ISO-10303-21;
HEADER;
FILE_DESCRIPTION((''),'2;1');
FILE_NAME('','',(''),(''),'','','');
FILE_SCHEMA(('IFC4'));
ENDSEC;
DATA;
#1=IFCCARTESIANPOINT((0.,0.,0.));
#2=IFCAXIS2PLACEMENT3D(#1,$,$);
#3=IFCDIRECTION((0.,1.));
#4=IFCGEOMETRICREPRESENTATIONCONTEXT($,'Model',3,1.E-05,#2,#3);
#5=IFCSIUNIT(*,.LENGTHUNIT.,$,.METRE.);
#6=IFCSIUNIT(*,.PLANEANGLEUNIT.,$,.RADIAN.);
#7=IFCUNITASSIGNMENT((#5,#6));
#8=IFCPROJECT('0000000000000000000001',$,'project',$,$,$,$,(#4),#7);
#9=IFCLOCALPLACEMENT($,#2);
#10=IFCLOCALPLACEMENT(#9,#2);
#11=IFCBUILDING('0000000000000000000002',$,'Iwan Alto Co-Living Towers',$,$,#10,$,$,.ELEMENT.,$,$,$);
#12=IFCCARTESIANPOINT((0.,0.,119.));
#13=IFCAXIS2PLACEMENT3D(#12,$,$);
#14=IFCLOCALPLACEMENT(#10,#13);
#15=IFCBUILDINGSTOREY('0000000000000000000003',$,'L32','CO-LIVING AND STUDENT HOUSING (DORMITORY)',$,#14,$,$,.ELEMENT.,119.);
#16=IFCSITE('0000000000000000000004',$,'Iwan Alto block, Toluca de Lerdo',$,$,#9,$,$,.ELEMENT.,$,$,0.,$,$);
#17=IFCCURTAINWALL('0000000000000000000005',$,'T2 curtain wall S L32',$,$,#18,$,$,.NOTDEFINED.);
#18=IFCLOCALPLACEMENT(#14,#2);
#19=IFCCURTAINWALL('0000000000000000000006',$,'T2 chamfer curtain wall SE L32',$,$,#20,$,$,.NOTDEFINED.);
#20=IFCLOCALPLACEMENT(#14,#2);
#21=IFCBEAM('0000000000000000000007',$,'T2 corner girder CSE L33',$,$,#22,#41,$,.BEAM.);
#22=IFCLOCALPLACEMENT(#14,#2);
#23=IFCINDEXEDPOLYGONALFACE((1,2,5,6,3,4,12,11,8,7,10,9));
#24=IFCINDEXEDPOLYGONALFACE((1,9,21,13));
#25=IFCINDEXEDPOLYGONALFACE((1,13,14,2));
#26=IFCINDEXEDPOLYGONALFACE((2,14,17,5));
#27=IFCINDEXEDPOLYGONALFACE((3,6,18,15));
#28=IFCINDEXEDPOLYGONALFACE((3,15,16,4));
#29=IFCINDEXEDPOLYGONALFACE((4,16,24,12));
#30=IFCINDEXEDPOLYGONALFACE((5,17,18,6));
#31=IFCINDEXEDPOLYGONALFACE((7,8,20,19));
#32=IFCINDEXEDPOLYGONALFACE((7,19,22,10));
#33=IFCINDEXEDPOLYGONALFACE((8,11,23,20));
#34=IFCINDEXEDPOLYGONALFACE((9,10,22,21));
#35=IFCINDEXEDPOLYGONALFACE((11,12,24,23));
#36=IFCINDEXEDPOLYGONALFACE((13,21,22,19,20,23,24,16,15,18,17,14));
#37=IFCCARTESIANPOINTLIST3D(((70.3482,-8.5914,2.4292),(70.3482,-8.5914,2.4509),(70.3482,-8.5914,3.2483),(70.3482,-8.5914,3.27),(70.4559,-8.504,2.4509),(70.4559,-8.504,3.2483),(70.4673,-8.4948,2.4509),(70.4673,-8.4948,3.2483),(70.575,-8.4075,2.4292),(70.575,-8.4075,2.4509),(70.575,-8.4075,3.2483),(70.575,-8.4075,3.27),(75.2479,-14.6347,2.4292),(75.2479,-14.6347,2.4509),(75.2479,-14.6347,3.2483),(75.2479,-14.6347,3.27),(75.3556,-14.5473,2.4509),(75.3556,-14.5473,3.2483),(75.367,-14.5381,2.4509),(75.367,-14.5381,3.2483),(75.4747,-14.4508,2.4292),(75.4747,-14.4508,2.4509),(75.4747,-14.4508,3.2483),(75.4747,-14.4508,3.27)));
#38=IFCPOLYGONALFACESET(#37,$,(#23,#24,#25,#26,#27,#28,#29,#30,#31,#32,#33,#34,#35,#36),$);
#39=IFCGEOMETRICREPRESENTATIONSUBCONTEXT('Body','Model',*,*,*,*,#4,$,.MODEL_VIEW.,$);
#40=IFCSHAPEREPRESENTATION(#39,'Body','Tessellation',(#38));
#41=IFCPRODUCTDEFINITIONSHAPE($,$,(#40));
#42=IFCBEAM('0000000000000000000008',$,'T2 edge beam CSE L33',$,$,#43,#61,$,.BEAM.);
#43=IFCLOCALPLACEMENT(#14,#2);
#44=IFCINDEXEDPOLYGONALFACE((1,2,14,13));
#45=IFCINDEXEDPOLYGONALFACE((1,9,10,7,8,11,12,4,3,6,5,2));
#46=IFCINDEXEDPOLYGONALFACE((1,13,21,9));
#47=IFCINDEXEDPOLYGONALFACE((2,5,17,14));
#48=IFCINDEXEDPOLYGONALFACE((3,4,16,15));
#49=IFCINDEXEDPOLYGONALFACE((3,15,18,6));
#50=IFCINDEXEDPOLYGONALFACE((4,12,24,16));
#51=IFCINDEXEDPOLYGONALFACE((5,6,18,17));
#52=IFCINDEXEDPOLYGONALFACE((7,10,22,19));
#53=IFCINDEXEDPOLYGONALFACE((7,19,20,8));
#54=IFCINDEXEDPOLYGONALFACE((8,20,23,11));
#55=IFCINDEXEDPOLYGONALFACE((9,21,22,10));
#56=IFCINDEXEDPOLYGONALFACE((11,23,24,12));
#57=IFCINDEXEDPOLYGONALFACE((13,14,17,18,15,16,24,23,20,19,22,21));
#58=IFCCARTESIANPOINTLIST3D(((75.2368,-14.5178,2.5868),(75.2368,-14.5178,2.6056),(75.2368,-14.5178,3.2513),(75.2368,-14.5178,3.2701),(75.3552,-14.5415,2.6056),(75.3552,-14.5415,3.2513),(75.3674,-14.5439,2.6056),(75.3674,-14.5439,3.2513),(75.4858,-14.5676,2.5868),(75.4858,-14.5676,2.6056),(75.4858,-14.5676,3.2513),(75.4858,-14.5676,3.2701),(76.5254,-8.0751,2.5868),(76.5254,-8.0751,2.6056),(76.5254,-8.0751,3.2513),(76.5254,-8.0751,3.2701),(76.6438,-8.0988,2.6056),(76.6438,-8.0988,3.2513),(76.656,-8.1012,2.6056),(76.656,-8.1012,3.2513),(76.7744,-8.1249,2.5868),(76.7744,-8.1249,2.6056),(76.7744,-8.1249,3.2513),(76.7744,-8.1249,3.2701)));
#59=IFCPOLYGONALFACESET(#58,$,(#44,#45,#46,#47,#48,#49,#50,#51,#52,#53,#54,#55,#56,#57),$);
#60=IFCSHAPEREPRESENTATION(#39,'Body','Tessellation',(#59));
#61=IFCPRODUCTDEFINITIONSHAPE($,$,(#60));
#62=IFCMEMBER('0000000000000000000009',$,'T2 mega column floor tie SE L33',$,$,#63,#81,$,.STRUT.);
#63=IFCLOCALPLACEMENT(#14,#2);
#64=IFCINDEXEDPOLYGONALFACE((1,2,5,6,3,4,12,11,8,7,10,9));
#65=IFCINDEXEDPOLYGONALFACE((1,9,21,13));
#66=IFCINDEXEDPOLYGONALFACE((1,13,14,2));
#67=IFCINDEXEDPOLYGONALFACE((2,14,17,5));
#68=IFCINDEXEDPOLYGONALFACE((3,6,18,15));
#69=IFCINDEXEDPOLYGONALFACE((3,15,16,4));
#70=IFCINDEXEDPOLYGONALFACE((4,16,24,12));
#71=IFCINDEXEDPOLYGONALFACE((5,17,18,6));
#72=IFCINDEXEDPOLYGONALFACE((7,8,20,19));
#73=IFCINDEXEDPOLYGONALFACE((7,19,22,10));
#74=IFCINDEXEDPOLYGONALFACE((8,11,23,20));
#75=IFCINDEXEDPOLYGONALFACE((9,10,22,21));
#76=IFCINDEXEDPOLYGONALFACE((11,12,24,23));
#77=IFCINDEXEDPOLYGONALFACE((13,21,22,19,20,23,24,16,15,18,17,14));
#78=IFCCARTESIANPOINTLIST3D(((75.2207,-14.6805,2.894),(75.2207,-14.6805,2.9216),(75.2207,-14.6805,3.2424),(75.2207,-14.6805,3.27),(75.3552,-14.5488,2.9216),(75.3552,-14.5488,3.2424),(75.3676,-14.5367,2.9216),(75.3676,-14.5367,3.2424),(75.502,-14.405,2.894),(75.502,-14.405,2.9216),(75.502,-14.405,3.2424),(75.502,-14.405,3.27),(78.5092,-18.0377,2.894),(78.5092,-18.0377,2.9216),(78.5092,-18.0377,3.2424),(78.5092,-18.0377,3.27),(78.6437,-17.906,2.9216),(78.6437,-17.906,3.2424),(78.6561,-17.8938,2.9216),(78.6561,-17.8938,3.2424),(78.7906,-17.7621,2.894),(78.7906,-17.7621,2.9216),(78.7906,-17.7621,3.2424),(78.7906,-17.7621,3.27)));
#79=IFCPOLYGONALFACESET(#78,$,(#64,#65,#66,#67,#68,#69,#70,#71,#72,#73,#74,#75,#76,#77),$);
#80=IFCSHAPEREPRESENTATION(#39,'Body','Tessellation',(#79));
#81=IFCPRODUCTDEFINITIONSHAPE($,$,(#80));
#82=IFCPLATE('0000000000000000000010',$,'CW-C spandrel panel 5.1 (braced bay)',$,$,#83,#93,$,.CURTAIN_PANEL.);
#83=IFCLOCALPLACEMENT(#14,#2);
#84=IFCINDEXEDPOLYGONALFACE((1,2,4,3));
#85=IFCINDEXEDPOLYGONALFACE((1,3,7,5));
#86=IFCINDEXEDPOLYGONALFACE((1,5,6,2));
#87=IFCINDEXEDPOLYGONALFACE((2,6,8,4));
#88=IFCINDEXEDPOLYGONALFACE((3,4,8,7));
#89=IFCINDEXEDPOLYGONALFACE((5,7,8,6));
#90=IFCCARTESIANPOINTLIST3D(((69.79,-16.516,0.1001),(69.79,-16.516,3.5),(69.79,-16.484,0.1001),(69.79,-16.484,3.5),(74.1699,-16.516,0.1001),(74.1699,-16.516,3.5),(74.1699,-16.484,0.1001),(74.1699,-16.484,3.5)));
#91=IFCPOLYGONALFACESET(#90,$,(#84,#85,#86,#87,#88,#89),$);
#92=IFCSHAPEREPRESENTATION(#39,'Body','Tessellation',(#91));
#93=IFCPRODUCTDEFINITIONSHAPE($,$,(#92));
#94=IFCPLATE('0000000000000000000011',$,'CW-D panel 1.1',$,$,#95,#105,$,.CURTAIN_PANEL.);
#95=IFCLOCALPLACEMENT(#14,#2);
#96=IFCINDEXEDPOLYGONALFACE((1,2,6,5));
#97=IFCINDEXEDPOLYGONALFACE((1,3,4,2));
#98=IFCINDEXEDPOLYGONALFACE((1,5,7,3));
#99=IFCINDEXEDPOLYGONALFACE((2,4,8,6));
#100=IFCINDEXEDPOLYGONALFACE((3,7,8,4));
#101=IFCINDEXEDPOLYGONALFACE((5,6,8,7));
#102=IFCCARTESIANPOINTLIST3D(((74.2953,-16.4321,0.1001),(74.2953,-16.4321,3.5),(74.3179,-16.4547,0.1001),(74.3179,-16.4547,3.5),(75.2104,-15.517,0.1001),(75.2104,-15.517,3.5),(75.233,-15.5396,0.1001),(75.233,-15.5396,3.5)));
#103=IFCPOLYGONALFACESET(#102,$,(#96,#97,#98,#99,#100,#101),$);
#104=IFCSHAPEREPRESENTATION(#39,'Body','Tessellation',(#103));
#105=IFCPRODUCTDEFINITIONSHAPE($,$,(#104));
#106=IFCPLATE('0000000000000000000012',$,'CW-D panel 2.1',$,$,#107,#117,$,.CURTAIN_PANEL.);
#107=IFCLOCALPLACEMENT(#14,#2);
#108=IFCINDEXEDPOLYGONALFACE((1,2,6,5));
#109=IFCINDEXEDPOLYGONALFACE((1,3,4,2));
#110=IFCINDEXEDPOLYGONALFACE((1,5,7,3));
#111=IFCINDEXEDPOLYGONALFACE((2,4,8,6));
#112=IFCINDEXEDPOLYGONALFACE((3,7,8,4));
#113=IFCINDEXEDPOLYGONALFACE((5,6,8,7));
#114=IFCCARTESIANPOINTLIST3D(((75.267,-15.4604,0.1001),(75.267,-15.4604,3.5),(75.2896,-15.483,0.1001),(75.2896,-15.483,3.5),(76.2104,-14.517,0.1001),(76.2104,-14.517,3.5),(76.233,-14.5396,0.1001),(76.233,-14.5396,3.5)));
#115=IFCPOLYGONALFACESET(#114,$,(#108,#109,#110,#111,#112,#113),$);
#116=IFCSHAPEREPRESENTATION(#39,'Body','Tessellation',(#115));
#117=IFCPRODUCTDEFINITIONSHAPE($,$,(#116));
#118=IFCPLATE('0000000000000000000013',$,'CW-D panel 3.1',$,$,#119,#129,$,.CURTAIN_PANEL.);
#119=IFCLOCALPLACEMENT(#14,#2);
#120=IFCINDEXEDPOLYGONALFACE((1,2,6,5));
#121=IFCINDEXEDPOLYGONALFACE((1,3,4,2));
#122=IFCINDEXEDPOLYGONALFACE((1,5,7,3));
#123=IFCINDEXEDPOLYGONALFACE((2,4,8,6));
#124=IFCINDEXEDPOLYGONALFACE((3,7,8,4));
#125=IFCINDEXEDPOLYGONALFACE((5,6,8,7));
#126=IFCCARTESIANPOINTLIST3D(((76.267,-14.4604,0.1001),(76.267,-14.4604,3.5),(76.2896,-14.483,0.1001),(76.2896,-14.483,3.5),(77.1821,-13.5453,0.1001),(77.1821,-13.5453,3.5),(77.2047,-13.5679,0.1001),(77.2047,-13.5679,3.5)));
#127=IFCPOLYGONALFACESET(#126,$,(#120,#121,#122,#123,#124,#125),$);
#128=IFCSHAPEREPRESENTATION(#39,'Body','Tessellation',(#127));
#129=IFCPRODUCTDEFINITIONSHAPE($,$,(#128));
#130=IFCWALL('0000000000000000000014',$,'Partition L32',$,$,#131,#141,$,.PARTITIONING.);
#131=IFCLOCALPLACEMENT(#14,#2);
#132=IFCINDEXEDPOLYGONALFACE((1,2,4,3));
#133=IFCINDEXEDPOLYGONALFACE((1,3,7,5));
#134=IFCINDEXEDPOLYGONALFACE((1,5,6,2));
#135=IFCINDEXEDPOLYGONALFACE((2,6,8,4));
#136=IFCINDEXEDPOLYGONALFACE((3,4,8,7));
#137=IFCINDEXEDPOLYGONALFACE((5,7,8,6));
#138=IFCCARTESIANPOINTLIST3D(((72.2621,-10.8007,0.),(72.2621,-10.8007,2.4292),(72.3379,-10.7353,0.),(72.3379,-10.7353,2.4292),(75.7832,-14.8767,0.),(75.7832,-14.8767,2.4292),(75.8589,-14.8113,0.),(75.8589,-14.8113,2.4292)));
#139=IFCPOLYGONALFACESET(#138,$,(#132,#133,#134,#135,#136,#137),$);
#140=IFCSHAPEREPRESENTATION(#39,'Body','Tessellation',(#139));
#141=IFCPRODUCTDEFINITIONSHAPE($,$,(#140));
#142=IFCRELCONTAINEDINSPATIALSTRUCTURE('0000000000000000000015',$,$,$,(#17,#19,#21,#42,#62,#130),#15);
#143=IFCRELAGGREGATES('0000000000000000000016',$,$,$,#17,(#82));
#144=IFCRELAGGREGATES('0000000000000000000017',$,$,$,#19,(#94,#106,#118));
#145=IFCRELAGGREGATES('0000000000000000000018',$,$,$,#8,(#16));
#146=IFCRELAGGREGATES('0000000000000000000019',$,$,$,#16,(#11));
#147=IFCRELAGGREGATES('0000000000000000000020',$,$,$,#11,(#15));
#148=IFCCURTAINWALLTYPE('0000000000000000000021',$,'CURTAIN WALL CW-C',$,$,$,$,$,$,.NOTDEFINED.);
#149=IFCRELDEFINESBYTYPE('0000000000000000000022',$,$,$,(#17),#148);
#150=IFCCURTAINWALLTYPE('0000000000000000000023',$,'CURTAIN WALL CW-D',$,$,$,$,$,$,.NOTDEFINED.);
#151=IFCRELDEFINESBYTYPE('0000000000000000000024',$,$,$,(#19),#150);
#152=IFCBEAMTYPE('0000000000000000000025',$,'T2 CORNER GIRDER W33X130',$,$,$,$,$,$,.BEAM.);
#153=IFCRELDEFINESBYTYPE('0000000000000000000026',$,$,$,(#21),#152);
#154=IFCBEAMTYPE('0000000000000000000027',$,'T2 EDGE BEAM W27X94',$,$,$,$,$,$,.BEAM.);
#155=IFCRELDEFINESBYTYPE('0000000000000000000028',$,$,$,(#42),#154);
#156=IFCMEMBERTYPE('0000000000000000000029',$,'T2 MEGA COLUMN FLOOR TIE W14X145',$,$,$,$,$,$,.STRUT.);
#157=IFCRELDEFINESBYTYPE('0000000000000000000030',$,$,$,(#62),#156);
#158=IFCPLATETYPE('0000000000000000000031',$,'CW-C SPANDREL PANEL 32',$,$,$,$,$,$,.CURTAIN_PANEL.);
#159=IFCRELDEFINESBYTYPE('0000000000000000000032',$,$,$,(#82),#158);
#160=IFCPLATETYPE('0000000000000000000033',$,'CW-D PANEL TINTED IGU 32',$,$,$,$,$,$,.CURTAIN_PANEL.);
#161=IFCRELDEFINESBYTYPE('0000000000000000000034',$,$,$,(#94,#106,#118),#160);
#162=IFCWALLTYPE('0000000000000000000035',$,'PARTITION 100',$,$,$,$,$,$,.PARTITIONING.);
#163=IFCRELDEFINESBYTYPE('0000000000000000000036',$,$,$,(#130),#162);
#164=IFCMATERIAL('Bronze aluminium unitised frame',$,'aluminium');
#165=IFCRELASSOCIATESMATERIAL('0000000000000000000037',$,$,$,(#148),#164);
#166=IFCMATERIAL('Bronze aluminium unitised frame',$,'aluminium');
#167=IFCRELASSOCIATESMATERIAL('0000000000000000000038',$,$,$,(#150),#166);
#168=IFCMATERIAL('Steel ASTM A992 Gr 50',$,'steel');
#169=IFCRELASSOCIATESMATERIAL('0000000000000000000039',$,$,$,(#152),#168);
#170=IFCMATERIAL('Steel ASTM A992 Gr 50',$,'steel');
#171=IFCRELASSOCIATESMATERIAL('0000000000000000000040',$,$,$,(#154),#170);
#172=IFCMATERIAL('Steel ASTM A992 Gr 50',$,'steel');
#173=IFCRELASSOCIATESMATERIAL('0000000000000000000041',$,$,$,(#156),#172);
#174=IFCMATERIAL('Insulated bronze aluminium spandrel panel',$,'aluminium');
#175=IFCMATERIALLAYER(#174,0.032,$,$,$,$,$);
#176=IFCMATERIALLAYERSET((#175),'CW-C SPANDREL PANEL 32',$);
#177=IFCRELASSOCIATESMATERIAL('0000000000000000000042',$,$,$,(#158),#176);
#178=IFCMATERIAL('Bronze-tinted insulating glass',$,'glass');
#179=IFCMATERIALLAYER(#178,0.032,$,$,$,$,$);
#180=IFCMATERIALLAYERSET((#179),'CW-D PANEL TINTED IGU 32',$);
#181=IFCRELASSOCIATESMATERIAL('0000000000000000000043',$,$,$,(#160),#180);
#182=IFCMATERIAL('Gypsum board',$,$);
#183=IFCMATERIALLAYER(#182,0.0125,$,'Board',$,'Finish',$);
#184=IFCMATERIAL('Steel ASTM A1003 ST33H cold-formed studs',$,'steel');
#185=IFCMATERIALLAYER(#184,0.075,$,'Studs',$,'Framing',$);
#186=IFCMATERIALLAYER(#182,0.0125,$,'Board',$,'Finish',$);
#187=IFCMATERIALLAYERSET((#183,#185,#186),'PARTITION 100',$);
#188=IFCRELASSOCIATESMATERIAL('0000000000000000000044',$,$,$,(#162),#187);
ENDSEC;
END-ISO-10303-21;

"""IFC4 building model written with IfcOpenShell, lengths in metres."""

from ifc_helpers import new_model, si_unit, direction, frame, frame_2d, origin, origin_2d, place, context, subcontext, project, spatial, rectangle, i_section, extrude, material, layer, layer_set, material_profile, profile_set, type_object, element, aggregate, save


model = new_model("IFC4")

# Units and contexts
model_context = context("Model", 3, precision=1e-05, world=origin(), true_north=direction((0.0, 1.0)))
body_context = subcontext(model_context, "Body", "Model", "MODEL_VIEW")
ifc_project = project(units=[si_unit("LENGTHUNIT", "METRE"), si_unit("PLANEANGLEUNIT", "RADIAN")], contexts=[model_context])

# Site, building, storey
site_placement = place(None, origin())
site = spatial("IfcSite", under=ifc_project, at=site_placement, Name="Iwan Alto block, Toluca de Lerdo", CompositionType="ELEMENT", RefElevation=0.0)
building_placement = place(site_placement, origin())
building = spatial("IfcBuilding", under=site, at=building_placement, Name="Iwan Alto Co-Living Towers", CompositionType="ELEMENT")
storey_placement = place(building_placement, frame((0.0, 0.0, 119.0)))
storey = spatial("IfcBuildingStorey", under=building, at=storey_placement, Name="L32", Description="CO-LIVING AND STUDENT HOUSING (DORMITORY)", CompositionType="ELEMENT", Elevation=119.0)

# Curtain wall
ifc_material_1 = material(Name="Bronze aluminium unitised frame", Category="aluminium")
curtain_wall_type_1 = type_object("IfcCurtainWallType", Name="CURTAIN WALL CW-C", PredefinedType="NOTDEFINED", material=ifc_material_1)
curtain_wall_1_placement = place(storey_placement, origin())
curtain_wall_1 = element("IfcCurtainWall", 1, at=curtain_wall_1_placement, inside=storey, type_object=curtain_wall_type_1, Name="T2 curtain wall S L32", PredefinedType="NOTDEFINED")

# Curtain wall
ifc_material_2 = material(Name="Bronze aluminium unitised frame", Category="aluminium")
curtain_wall_type_2 = type_object("IfcCurtainWallType", Name="CURTAIN WALL CW-D", PredefinedType="NOTDEFINED", material=ifc_material_2)
curtain_wall_2_placement = place(storey_placement, origin())
curtain_wall_2 = element("IfcCurtainWall", 2, at=curtain_wall_2_placement, inside=storey, type_object=curtain_wall_type_2, Name="T2 chamfer curtain wall SE L32", PredefinedType="NOTDEFINED")

# Beams
ifc_material_3 = material(Name="Steel ASTM A992 Gr 50", Category="steel")
ifc_material_profile_1 = material_profile(ifc_material_3, i_section(OverallWidth=0.292, OverallDepth=0.8408, WebThickness=0.0146, FlangeThickness=0.0217, at=origin_2d()), Name="W33X130")
ifc_profile_set_1 = profile_set([ifc_material_profile_1], Name="Steel ASTM A992 Gr 50")
beam_type_1 = type_object("IfcBeamType", Name="T2 CORNER GIRDER W33X130", PredefinedType="BEAM", material=ifc_profile_set_1)
beam_1_placement = place(storey_placement, frame((75.3613, -14.5427, 2.8496), z_axis=(-0.629783, 0.776771, 0.0), x_axis=(-0.776771, -0.629783, 0.0)))
element("IfcBeam", 3, at=beam_1_placement, inside=storey, type_object=beam_type_1, Name="T2 corner girder CSE L33", PredefinedType="BEAM", context=body_context, shape_type="SweptSolid", body=[
    extrude(i_section(OverallWidth=0.292, OverallDepth=0.8408, WebThickness=0.0146, FlangeThickness=0.0217, at=origin_2d()), origin(), (0.0, 0.0, 1.0), 7.78),
])
ifc_material_4 = material(Name="Steel ASTM A992 Gr 50", Category="steel")
ifc_material_profile_2 = material_profile(ifc_material_4, i_section(OverallWidth=0.2539, OverallDepth=0.6833, WebThickness=0.0125, FlangeThickness=0.0188, at=origin_2d()), Name="W27X94")
ifc_profile_set_2 = profile_set([ifc_material_profile_2], Name="Steel ASTM A992 Gr 50")
beam_type_2 = type_object("IfcBeamType", Name="T2 EDGE BEAM W27X94", PredefinedType="BEAM", material=ifc_profile_set_2)
beam_2_placement = place(storey_placement, frame((75.3613, -14.5427, 2.9285), z_axis=(0.196123, 0.980579, 0.0), x_axis=(-0.980579, 0.196123, 0.0)))
element("IfcBeam", 4, at=beam_2_placement, inside=storey, type_object=beam_type_2, Name="T2 edge beam CSE L33", PredefinedType="BEAM", context=body_context, shape_type="SweptSolid", body=[
    extrude(i_section(OverallWidth=0.2539, OverallDepth=0.6833, WebThickness=0.0125, FlangeThickness=0.0188, at=origin_2d()), origin(), (0.0, 0.0, 1.0), 6.5703),
])

# Member
ifc_material_5 = material(Name="Steel ASTM A992 Gr 50", Category="steel")
ifc_material_profile_3 = material_profile(ifc_material_5, i_section(OverallWidth=0.3938, OverallDepth=0.376, WebThickness=0.0173, FlangeThickness=0.0276, at=origin_2d()), Name="W14X145")
ifc_profile_set_3 = profile_set([ifc_material_profile_3], Name="Steel ASTM A992 Gr 50")
member_type_1 = type_object("IfcMemberType", Name="T2 MEGA COLUMN FLOOR TIE W14X145", PredefinedType="STRUT", material=ifc_profile_set_3)
member_1_placement = place(storey_placement, frame((78.6499, -17.8999, 3.082), z_axis=(-0.69977, 0.714368, 0.0), x_axis=(-0.714368, -0.69977, 0.0)))
element("IfcMember", 5, at=member_1_placement, inside=storey, type_object=member_type_1, Name="T2 mega column floor tie SE L33", PredefinedType="STRUT", context=body_context, shape_type="SweptSolid", body=[
    extrude(i_section(OverallWidth=0.3938, OverallDepth=0.376, WebThickness=0.0173, FlangeThickness=0.0276, at=origin_2d()), origin(), (0.0, 0.0, 1.0), 4.6995),
])

# Plates
ifc_material_6 = material(Name="Insulated bronze aluminium spandrel panel", Category="aluminium")
ifc_layer_1 = layer(ifc_material_6, 0.032)
ifc_layer_set_1 = layer_set([ifc_layer_1], Name="CW-C SPANDREL PANEL 32")
plate_type_1 = type_object("IfcPlateType", Name="CW-C SPANDREL PANEL 32", PredefinedType="CURTAIN_PANEL", material=ifc_layer_set_1)
plate_1_placement = place(storey_placement, frame((71.98, -16.5, 0.1001), z_axis=(0.0, 0.0, 1.0), x_axis=(1.0, 0.0, 0.0)))
plate_1 = element("IfcPlate", 6, at=plate_1_placement, type_object=plate_type_1, Name="CW-C spandrel panel 5.1 (braced bay)", PredefinedType="CURTAIN_PANEL", context=body_context, shape_type="SweptSolid", body=[
    extrude(rectangle(XDim=4.3799, YDim=0.032, at=origin_2d()), origin(), (0.0, 0.0, 1.0), 3.3999),
])
aggregate(curtain_wall_1, [plate_1])
ifc_material_7 = material(Name="Bronze-tinted insulating glass", Category="glass")
ifc_layer_2 = layer(ifc_material_7, 0.032)
ifc_layer_set_2 = layer_set([ifc_layer_2], Name="CW-D PANEL TINTED IGU 32")
plate_type_2 = type_object("IfcPlateType", Name="CW-D PANEL TINTED IGU 32", PredefinedType="CURTAIN_PANEL", material=ifc_layer_set_2)
plate_2_placement = place(storey_placement, frame((74.7642, -15.9858, 0.1001), z_axis=(0.0, 0.0, 1.0), x_axis=(0.707107, 0.707107, 0.0)))
plate_2 = element("IfcPlate", 7, at=plate_2_placement, type_object=plate_type_2, Name="CW-D panel 1.1", PredefinedType="CURTAIN_PANEL", context=body_context, shape_type="SweptSolid", body=[
    extrude(rectangle(XDim=1.2942, YDim=0.032, at=origin_2d()), origin(), (0.0, 0.0, 1.0), 3.3999),
])
plate_3_placement = place(storey_placement, frame((75.75, -15.0, 0.1001), z_axis=(0.0, 0.0, 1.0), x_axis=(0.707107, 0.707107, 0.0)))
plate_3 = element("IfcPlate", 8, at=plate_3_placement, type_object=plate_type_2, Name="CW-D panel 2.1", PredefinedType="CURTAIN_PANEL", context=body_context, shape_type="SweptSolid", body=[
    extrude(rectangle(XDim=1.3342, YDim=0.032, at=origin_2d()), origin(), (0.0, 0.0, 1.0), 3.3999),
])
plate_4_placement = place(storey_placement, frame((76.7358, -14.0142, 0.1001), z_axis=(0.0, 0.0, 1.0), x_axis=(0.707107, 0.707107, 0.0)))
plate_4 = element("IfcPlate", 9, at=plate_4_placement, type_object=plate_type_2, Name="CW-D panel 3.1", PredefinedType="CURTAIN_PANEL", context=body_context, shape_type="SweptSolid", body=[
    extrude(rectangle(XDim=1.2942, YDim=0.032, at=origin_2d()), origin(), (0.0, 0.0, 1.0), 3.3999),
])
aggregate(curtain_wall_2, [plate_2, plate_3, plate_4])

# Wall
ifc_material_8 = material(Name="Gypsum board")
ifc_layer_3 = layer(ifc_material_8, 0.0125, Name="Board", Category="Finish")
ifc_material_9 = material(Name="Steel ASTM A1003 ST33H cold-formed studs", Category="steel")
ifc_layer_4 = layer(ifc_material_9, 0.075, Name="Studs", Category="Framing")
ifc_layer_5 = layer(ifc_material_8, 0.0125, Name="Board", Category="Finish")
ifc_layer_set_3 = layer_set([ifc_layer_3, ifc_layer_4, ifc_layer_5], Name="PARTITION 100")
wall_type = type_object("IfcWallType", Name="PARTITION 100", PredefinedType="PARTITIONING", material=ifc_layer_set_3)
wall_placement = place(storey_placement, frame((75.821, -14.844, 0.0), z_axis=(0.0, 0.0, 1.0), x_axis=(-0.653713, 0.756742, 0.0)))
element("IfcWall", 10, at=wall_placement, inside=storey, type_object=wall_type, Name="Partition L32", PredefinedType="PARTITIONING", context=body_context, shape_type="SweptSolid", body=[
    extrude(rectangle(XDim=5.3862, YDim=0.1001, at=frame_2d((2.6931, 0.0))), origin(), (0.0, 0.0, 1.0), 2.4292),
])

save(model, "model.ifc")
